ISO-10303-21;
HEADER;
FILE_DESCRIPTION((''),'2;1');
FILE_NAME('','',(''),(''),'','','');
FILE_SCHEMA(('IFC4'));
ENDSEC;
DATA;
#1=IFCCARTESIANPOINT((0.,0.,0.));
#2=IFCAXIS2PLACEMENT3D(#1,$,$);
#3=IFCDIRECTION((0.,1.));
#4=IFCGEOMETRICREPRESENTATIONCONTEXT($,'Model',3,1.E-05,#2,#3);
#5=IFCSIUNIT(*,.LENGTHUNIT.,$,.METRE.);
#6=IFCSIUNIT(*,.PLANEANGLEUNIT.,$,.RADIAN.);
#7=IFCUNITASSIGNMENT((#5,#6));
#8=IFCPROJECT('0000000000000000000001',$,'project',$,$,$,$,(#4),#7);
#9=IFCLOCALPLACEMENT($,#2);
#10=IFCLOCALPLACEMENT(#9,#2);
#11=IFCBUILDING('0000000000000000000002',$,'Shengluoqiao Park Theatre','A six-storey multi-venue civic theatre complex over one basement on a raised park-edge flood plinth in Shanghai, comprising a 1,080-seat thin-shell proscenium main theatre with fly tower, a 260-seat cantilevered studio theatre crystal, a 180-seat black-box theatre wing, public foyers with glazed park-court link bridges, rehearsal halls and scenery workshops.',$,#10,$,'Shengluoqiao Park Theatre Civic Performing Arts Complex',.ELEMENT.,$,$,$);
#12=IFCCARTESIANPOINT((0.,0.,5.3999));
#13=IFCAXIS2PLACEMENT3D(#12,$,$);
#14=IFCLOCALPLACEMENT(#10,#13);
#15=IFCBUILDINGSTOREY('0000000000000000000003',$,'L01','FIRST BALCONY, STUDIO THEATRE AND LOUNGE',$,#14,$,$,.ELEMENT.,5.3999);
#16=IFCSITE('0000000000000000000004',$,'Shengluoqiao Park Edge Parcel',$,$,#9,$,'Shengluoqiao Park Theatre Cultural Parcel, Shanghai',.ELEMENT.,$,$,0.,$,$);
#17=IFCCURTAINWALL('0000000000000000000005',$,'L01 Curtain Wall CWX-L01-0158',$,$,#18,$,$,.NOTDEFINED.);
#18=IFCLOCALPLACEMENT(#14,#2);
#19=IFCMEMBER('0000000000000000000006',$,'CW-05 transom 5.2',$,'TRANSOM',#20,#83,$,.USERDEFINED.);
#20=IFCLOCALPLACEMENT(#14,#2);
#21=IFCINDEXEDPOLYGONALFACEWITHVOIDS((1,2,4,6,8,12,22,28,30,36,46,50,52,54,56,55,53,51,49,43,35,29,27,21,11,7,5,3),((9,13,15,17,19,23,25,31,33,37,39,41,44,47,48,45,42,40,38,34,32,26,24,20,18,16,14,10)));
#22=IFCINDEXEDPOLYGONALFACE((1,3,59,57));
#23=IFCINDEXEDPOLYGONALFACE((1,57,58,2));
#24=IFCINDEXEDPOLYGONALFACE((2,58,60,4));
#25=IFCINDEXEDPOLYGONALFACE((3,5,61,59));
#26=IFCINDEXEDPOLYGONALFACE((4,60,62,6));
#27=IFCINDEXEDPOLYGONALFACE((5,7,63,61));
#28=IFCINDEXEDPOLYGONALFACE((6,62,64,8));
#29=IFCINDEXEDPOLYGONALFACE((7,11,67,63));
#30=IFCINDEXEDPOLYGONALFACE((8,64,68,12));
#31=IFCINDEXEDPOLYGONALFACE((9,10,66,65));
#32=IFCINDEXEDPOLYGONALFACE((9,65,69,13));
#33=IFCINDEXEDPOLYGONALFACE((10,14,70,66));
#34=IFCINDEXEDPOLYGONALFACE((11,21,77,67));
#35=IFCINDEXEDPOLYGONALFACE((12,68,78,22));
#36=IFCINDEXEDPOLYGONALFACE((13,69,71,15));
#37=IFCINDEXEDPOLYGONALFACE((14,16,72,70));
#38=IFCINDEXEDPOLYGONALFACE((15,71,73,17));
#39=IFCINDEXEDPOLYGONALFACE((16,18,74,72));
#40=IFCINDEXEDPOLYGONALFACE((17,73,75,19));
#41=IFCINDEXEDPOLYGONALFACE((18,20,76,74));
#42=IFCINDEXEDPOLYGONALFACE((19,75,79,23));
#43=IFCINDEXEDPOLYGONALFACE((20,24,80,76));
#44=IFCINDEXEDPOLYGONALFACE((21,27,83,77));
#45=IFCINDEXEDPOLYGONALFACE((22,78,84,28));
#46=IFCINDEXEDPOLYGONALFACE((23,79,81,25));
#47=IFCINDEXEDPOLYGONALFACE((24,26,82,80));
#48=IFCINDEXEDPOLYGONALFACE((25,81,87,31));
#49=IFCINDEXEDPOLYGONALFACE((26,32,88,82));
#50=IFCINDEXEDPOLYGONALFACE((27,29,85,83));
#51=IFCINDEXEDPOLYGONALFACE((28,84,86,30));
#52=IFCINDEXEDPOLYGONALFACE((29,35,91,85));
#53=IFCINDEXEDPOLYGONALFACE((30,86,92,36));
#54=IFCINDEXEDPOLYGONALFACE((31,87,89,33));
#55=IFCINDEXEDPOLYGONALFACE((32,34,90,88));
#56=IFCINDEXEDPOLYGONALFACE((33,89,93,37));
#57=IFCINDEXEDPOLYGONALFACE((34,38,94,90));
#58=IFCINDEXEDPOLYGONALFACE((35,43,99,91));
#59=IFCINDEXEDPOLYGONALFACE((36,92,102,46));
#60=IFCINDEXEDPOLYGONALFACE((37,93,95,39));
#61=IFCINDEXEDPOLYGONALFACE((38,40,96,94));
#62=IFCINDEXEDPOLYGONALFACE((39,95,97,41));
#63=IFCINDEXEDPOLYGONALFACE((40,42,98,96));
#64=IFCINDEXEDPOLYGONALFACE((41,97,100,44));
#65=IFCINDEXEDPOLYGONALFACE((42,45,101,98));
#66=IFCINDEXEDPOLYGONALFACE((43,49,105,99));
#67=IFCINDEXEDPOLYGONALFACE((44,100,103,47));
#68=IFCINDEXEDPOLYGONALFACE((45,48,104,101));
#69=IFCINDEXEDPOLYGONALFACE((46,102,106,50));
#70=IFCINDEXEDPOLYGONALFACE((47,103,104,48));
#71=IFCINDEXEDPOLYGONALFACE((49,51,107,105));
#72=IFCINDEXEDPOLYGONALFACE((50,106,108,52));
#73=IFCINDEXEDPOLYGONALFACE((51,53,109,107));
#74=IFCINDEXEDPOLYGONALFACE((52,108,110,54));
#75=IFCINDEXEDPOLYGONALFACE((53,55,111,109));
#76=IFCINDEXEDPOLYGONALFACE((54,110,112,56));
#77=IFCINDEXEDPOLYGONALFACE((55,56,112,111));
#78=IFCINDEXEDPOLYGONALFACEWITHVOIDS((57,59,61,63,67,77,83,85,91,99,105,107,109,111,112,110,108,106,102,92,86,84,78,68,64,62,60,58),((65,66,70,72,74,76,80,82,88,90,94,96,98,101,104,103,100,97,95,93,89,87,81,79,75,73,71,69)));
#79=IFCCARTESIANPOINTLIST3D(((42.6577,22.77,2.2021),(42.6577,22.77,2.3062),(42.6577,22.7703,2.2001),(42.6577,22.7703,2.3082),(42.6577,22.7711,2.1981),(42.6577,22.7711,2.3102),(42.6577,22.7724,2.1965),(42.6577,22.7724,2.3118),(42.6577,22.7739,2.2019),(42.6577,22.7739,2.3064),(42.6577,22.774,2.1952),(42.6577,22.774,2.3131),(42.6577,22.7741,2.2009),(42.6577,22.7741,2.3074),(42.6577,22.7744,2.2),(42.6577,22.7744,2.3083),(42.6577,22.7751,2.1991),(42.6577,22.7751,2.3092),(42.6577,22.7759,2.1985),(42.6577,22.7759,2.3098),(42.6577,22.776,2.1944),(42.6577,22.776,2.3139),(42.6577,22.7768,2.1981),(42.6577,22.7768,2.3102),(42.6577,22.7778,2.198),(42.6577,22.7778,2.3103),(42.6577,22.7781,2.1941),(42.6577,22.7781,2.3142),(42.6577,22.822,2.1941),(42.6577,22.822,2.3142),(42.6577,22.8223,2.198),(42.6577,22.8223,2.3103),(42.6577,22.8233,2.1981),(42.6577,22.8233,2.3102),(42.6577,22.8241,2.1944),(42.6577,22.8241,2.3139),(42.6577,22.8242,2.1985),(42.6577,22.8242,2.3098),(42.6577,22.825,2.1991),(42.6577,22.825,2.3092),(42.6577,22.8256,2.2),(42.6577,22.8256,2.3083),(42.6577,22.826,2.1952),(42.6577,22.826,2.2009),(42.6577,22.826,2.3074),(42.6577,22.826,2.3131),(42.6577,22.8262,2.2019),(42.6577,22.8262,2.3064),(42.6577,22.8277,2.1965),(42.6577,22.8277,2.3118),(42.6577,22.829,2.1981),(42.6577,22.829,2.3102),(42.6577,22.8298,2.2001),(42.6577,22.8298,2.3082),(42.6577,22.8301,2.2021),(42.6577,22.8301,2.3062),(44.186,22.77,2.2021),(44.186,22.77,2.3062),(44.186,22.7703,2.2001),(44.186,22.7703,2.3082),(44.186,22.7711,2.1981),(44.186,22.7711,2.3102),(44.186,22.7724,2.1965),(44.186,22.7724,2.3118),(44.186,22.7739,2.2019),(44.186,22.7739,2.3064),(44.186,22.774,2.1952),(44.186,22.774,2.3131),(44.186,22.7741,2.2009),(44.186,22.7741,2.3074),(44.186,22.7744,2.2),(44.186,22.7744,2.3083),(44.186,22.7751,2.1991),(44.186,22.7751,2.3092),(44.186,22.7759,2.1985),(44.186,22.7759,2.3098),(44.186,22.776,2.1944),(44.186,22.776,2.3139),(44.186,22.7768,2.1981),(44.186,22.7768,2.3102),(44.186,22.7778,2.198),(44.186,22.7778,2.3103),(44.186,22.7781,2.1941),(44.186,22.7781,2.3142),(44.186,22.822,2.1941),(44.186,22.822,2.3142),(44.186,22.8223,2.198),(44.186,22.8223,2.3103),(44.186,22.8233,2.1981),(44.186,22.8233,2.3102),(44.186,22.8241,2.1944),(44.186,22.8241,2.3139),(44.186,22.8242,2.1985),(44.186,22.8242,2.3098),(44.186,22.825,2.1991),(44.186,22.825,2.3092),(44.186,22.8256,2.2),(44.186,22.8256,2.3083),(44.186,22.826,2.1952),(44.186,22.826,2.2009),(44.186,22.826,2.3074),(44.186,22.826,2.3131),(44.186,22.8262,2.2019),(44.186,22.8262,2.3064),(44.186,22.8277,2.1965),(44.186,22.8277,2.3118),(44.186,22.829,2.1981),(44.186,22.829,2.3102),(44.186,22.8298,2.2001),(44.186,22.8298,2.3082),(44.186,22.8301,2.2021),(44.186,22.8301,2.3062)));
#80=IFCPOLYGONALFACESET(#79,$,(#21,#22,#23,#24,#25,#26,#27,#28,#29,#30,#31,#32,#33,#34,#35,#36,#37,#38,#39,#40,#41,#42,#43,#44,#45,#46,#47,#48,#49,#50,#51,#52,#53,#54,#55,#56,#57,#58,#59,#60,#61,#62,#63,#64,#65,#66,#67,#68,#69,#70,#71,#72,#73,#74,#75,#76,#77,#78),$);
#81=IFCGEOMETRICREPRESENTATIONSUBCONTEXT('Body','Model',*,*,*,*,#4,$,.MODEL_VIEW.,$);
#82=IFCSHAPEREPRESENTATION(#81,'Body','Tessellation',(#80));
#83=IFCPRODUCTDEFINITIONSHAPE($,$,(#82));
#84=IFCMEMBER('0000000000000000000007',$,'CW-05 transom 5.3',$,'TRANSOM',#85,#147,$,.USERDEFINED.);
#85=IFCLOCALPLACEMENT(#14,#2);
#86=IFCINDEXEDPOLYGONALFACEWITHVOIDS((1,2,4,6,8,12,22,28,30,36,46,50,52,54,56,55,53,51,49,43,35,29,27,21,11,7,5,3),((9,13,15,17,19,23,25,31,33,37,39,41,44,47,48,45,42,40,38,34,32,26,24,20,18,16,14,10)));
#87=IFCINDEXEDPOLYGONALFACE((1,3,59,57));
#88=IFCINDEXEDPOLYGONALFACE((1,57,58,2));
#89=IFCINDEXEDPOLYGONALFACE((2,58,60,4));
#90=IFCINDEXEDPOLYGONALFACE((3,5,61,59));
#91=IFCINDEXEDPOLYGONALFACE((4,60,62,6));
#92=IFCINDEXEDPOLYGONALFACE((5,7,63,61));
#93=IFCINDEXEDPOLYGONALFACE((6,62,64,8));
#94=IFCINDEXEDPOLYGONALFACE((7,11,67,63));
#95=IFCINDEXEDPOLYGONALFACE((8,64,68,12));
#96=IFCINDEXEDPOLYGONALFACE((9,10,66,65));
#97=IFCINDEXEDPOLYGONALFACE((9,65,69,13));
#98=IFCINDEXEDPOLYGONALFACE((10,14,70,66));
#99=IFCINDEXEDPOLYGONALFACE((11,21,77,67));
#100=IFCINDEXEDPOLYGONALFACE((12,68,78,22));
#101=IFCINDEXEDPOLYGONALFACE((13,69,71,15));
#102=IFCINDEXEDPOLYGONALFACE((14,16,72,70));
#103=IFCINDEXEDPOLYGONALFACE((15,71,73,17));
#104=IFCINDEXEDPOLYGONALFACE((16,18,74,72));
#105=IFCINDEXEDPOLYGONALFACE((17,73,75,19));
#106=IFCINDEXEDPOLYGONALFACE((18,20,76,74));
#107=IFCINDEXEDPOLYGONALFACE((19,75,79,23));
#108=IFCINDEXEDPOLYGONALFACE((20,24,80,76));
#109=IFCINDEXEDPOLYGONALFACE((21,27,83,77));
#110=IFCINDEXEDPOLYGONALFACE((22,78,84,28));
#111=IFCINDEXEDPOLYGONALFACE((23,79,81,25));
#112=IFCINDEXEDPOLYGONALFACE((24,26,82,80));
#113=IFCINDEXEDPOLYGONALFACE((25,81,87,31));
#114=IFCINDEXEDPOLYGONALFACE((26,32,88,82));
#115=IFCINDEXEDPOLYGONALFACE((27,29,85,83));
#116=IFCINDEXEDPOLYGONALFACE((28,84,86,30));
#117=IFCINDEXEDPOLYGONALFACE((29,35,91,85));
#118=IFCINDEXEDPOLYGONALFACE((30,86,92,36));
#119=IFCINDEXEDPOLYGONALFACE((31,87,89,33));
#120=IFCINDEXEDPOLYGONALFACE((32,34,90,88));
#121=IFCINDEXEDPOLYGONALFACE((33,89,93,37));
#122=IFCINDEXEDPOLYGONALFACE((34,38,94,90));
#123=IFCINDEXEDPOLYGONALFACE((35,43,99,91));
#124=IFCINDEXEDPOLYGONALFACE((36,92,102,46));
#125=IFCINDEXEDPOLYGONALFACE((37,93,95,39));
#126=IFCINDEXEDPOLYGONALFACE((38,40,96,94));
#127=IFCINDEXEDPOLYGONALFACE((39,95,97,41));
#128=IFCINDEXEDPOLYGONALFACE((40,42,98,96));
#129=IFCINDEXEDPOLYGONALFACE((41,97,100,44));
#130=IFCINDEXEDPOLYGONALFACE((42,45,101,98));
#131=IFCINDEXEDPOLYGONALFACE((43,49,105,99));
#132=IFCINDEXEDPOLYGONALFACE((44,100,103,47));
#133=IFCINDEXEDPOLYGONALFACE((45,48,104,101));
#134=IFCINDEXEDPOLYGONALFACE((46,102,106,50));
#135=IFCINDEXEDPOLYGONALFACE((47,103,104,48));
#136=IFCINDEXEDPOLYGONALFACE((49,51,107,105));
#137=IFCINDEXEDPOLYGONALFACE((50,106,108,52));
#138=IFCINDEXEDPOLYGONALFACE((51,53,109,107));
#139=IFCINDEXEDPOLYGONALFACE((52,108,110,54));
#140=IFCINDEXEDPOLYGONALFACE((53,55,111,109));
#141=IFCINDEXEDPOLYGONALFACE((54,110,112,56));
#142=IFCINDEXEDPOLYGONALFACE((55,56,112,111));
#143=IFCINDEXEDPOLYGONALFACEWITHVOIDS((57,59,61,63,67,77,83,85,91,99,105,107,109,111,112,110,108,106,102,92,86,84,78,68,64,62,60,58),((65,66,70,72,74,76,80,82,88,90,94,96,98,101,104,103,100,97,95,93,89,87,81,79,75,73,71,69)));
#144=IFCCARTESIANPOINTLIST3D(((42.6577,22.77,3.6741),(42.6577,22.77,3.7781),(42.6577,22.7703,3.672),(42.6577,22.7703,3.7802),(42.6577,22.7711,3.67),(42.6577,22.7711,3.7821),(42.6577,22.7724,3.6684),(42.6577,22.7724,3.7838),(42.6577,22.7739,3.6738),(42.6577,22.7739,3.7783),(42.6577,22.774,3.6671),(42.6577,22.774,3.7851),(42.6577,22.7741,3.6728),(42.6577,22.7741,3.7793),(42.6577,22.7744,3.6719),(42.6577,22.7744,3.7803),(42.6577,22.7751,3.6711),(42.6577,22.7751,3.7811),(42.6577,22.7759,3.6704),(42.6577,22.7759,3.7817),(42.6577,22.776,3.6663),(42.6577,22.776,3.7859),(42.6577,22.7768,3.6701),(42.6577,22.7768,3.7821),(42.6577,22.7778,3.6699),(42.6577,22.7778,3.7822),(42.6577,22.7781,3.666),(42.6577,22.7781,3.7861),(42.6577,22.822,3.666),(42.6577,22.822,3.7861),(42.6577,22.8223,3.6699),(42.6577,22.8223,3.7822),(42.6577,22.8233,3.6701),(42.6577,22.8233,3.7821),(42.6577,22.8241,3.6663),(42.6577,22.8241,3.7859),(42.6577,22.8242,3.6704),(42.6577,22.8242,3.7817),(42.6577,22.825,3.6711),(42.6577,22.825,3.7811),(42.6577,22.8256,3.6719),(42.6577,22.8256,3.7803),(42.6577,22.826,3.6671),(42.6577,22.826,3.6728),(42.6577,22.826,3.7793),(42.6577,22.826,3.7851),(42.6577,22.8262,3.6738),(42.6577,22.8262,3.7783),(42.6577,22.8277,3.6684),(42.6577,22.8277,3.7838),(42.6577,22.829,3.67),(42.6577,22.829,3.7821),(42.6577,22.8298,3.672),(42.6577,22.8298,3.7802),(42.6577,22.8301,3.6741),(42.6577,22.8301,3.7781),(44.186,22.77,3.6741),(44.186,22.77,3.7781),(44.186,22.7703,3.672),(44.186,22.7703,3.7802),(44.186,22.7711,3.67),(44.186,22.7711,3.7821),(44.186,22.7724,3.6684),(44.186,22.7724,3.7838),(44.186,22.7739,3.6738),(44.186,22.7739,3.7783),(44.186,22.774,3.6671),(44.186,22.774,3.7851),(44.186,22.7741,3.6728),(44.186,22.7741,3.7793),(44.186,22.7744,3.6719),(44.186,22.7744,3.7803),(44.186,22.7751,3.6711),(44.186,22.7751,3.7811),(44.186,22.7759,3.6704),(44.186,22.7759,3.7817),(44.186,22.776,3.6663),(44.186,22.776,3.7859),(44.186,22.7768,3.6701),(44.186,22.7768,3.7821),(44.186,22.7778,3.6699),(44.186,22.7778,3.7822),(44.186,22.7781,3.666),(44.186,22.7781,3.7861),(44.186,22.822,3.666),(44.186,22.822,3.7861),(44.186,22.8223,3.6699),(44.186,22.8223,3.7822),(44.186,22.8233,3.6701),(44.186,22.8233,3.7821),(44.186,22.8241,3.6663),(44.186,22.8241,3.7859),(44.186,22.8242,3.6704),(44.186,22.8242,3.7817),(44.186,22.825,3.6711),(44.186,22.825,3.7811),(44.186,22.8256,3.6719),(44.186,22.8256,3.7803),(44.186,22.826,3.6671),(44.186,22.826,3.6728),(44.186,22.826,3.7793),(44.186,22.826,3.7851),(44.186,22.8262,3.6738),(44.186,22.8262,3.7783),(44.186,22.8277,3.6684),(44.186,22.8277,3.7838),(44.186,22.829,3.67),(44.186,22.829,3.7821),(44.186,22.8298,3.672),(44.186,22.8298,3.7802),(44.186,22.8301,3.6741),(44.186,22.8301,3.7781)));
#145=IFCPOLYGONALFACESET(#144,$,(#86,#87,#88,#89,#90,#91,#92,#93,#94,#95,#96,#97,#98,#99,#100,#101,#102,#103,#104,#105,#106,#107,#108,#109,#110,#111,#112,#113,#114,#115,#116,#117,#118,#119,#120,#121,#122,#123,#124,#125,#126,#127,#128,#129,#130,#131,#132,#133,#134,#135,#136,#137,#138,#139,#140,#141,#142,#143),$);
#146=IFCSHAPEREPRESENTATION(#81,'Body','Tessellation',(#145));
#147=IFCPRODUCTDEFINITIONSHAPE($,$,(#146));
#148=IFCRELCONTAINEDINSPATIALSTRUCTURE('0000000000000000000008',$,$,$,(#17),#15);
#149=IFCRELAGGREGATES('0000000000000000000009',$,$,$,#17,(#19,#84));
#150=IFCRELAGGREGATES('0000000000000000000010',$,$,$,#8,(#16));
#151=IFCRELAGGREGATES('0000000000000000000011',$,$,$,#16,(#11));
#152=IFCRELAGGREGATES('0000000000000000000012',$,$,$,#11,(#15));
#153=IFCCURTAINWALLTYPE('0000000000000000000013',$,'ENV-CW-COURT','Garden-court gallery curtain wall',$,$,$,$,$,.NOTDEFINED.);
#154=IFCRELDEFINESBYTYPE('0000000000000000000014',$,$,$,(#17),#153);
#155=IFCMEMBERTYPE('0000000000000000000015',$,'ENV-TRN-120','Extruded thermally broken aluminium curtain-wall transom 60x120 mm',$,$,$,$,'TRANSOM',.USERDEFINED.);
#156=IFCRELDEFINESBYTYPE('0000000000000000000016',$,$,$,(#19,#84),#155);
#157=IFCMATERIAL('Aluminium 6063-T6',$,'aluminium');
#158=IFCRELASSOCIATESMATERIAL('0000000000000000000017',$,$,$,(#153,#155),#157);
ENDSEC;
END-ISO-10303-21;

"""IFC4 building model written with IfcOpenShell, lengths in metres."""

from ifc_helpers import new_model, si_unit, direction, frame, origin, origin_2d, place, context, subcontext, project, spatial, hollow_rectangle, extrude, material, material_profile, profile_set, type_object, element, aggregate, save


model = new_model("IFC4")

# Units and contexts
model_context = context("Model", 3, precision=1e-05, world=origin(), true_north=direction((0.0, 1.0)))
body_context = subcontext(model_context, "Body", "Model", "MODEL_VIEW")
ifc_project = project(units=[si_unit("LENGTHUNIT", "METRE"), si_unit("PLANEANGLEUNIT", "RADIAN")], contexts=[model_context])

# Site, building, storey
site_placement = place(None, origin())
site = spatial("IfcSite", under=ifc_project, at=site_placement, Name="Shengluoqiao Park Edge Parcel", LongName="Shengluoqiao Park Theatre Cultural Parcel, Shanghai", CompositionType="ELEMENT", RefElevation=0.0)
building_placement = place(site_placement, origin())
building = spatial("IfcBuilding", under=site, at=building_placement, Name="Shengluoqiao Park Theatre", Description="A six-storey multi-venue civic theatre complex over one basement on a raised park-edge flood plinth in Shanghai, comprising a 1,080-seat thin-shell proscenium main theatre with fly tower, a 260-seat cantilevered studio theatre crystal, a 180-seat black-box theatre wing, public foyers with glazed park-court link bridges, rehearsal halls and scenery workshops.", LongName="Shengluoqiao Park Theatre Civic Performing Arts Complex", CompositionType="ELEMENT")
storey_placement = place(building_placement, frame((0.0, 0.0, 5.3999)))
storey = spatial("IfcBuildingStorey", under=building, at=storey_placement, Name="L01", Description="FIRST BALCONY, STUDIO THEATRE AND LOUNGE", CompositionType="ELEMENT", Elevation=5.3999)

# Curtain wall
ifc_material_1 = material(Name="Aluminium 6063-T6", Category="aluminium")
curtain_wall_type = type_object("IfcCurtainWallType", Name="ENV-CW-COURT", Description="Garden-court gallery curtain wall", PredefinedType="NOTDEFINED", material=ifc_material_1)
curtain_wall_1_placement = place(storey_placement, origin())
curtain_wall_1 = element("IfcCurtainWall", 1, at=curtain_wall_1_placement, inside=storey, type_object=curtain_wall_type, Name="L01 Curtain Wall CWX-L01-0158", PredefinedType="NOTDEFINED")

# Members
ifc_material_profile_1 = material_profile(ifc_material_1, hollow_rectangle(XDim=0.0601, YDim=0.1201, WallThickness=0.0039, InnerFilletRadius=0.0039, OuterFilletRadius=0.0081, at=origin_2d()), Name="ALU TRANSOM 120x60x4")
ifc_profile_set_1 = profile_set([ifc_material_profile_1], Name="Aluminium 6063-T6")
member_type_1 = type_object("IfcMemberType", Name="ENV-TRN-120", Description="Extruded thermally broken aluminium curtain-wall transom 60x120 mm", ElementType="TRANSOM", PredefinedType="USERDEFINED", material=ifc_profile_set_1)
member_1_placement = place(storey_placement, frame((42.6577, 22.8, 2.2542), z_axis=(1.0, 0.0, 0.0), x_axis=(0.0, 1.0, 0.0)))
member_1 = element("IfcMember", 2, at=member_1_placement, type_object=member_type_1, Name="CW-05 transom 5.2", ObjectType="TRANSOM", PredefinedType="USERDEFINED", context=body_context, shape_type="SweptSolid", body=[
    extrude(hollow_rectangle(XDim=0.0601, YDim=0.1201, WallThickness=0.0039, InnerFilletRadius=0.0039, OuterFilletRadius=0.0081, at=origin_2d()), origin(), (0.0, 0.0, 1.0), 1.5283),
])
member_2_placement = place(storey_placement, frame((42.6577, 22.8, 3.7261), z_axis=(1.0, 0.0, 0.0), x_axis=(0.0, 1.0, 0.0)))
member_2 = element("IfcMember", 3, at=member_2_placement, type_object=member_type_1, Name="CW-05 transom 5.3", ObjectType="TRANSOM", PredefinedType="USERDEFINED", context=body_context, shape_type="SweptSolid", body=[
    extrude(hollow_rectangle(XDim=0.0601, YDim=0.1201, WallThickness=0.0039, InnerFilletRadius=0.0039, OuterFilletRadius=0.0081, at=origin_2d()), origin(), (0.0, 0.0, 1.0), 1.5283),
])

aggregate(curtain_wall_1, [member_1, member_2])

save(model, "model.ifc")
